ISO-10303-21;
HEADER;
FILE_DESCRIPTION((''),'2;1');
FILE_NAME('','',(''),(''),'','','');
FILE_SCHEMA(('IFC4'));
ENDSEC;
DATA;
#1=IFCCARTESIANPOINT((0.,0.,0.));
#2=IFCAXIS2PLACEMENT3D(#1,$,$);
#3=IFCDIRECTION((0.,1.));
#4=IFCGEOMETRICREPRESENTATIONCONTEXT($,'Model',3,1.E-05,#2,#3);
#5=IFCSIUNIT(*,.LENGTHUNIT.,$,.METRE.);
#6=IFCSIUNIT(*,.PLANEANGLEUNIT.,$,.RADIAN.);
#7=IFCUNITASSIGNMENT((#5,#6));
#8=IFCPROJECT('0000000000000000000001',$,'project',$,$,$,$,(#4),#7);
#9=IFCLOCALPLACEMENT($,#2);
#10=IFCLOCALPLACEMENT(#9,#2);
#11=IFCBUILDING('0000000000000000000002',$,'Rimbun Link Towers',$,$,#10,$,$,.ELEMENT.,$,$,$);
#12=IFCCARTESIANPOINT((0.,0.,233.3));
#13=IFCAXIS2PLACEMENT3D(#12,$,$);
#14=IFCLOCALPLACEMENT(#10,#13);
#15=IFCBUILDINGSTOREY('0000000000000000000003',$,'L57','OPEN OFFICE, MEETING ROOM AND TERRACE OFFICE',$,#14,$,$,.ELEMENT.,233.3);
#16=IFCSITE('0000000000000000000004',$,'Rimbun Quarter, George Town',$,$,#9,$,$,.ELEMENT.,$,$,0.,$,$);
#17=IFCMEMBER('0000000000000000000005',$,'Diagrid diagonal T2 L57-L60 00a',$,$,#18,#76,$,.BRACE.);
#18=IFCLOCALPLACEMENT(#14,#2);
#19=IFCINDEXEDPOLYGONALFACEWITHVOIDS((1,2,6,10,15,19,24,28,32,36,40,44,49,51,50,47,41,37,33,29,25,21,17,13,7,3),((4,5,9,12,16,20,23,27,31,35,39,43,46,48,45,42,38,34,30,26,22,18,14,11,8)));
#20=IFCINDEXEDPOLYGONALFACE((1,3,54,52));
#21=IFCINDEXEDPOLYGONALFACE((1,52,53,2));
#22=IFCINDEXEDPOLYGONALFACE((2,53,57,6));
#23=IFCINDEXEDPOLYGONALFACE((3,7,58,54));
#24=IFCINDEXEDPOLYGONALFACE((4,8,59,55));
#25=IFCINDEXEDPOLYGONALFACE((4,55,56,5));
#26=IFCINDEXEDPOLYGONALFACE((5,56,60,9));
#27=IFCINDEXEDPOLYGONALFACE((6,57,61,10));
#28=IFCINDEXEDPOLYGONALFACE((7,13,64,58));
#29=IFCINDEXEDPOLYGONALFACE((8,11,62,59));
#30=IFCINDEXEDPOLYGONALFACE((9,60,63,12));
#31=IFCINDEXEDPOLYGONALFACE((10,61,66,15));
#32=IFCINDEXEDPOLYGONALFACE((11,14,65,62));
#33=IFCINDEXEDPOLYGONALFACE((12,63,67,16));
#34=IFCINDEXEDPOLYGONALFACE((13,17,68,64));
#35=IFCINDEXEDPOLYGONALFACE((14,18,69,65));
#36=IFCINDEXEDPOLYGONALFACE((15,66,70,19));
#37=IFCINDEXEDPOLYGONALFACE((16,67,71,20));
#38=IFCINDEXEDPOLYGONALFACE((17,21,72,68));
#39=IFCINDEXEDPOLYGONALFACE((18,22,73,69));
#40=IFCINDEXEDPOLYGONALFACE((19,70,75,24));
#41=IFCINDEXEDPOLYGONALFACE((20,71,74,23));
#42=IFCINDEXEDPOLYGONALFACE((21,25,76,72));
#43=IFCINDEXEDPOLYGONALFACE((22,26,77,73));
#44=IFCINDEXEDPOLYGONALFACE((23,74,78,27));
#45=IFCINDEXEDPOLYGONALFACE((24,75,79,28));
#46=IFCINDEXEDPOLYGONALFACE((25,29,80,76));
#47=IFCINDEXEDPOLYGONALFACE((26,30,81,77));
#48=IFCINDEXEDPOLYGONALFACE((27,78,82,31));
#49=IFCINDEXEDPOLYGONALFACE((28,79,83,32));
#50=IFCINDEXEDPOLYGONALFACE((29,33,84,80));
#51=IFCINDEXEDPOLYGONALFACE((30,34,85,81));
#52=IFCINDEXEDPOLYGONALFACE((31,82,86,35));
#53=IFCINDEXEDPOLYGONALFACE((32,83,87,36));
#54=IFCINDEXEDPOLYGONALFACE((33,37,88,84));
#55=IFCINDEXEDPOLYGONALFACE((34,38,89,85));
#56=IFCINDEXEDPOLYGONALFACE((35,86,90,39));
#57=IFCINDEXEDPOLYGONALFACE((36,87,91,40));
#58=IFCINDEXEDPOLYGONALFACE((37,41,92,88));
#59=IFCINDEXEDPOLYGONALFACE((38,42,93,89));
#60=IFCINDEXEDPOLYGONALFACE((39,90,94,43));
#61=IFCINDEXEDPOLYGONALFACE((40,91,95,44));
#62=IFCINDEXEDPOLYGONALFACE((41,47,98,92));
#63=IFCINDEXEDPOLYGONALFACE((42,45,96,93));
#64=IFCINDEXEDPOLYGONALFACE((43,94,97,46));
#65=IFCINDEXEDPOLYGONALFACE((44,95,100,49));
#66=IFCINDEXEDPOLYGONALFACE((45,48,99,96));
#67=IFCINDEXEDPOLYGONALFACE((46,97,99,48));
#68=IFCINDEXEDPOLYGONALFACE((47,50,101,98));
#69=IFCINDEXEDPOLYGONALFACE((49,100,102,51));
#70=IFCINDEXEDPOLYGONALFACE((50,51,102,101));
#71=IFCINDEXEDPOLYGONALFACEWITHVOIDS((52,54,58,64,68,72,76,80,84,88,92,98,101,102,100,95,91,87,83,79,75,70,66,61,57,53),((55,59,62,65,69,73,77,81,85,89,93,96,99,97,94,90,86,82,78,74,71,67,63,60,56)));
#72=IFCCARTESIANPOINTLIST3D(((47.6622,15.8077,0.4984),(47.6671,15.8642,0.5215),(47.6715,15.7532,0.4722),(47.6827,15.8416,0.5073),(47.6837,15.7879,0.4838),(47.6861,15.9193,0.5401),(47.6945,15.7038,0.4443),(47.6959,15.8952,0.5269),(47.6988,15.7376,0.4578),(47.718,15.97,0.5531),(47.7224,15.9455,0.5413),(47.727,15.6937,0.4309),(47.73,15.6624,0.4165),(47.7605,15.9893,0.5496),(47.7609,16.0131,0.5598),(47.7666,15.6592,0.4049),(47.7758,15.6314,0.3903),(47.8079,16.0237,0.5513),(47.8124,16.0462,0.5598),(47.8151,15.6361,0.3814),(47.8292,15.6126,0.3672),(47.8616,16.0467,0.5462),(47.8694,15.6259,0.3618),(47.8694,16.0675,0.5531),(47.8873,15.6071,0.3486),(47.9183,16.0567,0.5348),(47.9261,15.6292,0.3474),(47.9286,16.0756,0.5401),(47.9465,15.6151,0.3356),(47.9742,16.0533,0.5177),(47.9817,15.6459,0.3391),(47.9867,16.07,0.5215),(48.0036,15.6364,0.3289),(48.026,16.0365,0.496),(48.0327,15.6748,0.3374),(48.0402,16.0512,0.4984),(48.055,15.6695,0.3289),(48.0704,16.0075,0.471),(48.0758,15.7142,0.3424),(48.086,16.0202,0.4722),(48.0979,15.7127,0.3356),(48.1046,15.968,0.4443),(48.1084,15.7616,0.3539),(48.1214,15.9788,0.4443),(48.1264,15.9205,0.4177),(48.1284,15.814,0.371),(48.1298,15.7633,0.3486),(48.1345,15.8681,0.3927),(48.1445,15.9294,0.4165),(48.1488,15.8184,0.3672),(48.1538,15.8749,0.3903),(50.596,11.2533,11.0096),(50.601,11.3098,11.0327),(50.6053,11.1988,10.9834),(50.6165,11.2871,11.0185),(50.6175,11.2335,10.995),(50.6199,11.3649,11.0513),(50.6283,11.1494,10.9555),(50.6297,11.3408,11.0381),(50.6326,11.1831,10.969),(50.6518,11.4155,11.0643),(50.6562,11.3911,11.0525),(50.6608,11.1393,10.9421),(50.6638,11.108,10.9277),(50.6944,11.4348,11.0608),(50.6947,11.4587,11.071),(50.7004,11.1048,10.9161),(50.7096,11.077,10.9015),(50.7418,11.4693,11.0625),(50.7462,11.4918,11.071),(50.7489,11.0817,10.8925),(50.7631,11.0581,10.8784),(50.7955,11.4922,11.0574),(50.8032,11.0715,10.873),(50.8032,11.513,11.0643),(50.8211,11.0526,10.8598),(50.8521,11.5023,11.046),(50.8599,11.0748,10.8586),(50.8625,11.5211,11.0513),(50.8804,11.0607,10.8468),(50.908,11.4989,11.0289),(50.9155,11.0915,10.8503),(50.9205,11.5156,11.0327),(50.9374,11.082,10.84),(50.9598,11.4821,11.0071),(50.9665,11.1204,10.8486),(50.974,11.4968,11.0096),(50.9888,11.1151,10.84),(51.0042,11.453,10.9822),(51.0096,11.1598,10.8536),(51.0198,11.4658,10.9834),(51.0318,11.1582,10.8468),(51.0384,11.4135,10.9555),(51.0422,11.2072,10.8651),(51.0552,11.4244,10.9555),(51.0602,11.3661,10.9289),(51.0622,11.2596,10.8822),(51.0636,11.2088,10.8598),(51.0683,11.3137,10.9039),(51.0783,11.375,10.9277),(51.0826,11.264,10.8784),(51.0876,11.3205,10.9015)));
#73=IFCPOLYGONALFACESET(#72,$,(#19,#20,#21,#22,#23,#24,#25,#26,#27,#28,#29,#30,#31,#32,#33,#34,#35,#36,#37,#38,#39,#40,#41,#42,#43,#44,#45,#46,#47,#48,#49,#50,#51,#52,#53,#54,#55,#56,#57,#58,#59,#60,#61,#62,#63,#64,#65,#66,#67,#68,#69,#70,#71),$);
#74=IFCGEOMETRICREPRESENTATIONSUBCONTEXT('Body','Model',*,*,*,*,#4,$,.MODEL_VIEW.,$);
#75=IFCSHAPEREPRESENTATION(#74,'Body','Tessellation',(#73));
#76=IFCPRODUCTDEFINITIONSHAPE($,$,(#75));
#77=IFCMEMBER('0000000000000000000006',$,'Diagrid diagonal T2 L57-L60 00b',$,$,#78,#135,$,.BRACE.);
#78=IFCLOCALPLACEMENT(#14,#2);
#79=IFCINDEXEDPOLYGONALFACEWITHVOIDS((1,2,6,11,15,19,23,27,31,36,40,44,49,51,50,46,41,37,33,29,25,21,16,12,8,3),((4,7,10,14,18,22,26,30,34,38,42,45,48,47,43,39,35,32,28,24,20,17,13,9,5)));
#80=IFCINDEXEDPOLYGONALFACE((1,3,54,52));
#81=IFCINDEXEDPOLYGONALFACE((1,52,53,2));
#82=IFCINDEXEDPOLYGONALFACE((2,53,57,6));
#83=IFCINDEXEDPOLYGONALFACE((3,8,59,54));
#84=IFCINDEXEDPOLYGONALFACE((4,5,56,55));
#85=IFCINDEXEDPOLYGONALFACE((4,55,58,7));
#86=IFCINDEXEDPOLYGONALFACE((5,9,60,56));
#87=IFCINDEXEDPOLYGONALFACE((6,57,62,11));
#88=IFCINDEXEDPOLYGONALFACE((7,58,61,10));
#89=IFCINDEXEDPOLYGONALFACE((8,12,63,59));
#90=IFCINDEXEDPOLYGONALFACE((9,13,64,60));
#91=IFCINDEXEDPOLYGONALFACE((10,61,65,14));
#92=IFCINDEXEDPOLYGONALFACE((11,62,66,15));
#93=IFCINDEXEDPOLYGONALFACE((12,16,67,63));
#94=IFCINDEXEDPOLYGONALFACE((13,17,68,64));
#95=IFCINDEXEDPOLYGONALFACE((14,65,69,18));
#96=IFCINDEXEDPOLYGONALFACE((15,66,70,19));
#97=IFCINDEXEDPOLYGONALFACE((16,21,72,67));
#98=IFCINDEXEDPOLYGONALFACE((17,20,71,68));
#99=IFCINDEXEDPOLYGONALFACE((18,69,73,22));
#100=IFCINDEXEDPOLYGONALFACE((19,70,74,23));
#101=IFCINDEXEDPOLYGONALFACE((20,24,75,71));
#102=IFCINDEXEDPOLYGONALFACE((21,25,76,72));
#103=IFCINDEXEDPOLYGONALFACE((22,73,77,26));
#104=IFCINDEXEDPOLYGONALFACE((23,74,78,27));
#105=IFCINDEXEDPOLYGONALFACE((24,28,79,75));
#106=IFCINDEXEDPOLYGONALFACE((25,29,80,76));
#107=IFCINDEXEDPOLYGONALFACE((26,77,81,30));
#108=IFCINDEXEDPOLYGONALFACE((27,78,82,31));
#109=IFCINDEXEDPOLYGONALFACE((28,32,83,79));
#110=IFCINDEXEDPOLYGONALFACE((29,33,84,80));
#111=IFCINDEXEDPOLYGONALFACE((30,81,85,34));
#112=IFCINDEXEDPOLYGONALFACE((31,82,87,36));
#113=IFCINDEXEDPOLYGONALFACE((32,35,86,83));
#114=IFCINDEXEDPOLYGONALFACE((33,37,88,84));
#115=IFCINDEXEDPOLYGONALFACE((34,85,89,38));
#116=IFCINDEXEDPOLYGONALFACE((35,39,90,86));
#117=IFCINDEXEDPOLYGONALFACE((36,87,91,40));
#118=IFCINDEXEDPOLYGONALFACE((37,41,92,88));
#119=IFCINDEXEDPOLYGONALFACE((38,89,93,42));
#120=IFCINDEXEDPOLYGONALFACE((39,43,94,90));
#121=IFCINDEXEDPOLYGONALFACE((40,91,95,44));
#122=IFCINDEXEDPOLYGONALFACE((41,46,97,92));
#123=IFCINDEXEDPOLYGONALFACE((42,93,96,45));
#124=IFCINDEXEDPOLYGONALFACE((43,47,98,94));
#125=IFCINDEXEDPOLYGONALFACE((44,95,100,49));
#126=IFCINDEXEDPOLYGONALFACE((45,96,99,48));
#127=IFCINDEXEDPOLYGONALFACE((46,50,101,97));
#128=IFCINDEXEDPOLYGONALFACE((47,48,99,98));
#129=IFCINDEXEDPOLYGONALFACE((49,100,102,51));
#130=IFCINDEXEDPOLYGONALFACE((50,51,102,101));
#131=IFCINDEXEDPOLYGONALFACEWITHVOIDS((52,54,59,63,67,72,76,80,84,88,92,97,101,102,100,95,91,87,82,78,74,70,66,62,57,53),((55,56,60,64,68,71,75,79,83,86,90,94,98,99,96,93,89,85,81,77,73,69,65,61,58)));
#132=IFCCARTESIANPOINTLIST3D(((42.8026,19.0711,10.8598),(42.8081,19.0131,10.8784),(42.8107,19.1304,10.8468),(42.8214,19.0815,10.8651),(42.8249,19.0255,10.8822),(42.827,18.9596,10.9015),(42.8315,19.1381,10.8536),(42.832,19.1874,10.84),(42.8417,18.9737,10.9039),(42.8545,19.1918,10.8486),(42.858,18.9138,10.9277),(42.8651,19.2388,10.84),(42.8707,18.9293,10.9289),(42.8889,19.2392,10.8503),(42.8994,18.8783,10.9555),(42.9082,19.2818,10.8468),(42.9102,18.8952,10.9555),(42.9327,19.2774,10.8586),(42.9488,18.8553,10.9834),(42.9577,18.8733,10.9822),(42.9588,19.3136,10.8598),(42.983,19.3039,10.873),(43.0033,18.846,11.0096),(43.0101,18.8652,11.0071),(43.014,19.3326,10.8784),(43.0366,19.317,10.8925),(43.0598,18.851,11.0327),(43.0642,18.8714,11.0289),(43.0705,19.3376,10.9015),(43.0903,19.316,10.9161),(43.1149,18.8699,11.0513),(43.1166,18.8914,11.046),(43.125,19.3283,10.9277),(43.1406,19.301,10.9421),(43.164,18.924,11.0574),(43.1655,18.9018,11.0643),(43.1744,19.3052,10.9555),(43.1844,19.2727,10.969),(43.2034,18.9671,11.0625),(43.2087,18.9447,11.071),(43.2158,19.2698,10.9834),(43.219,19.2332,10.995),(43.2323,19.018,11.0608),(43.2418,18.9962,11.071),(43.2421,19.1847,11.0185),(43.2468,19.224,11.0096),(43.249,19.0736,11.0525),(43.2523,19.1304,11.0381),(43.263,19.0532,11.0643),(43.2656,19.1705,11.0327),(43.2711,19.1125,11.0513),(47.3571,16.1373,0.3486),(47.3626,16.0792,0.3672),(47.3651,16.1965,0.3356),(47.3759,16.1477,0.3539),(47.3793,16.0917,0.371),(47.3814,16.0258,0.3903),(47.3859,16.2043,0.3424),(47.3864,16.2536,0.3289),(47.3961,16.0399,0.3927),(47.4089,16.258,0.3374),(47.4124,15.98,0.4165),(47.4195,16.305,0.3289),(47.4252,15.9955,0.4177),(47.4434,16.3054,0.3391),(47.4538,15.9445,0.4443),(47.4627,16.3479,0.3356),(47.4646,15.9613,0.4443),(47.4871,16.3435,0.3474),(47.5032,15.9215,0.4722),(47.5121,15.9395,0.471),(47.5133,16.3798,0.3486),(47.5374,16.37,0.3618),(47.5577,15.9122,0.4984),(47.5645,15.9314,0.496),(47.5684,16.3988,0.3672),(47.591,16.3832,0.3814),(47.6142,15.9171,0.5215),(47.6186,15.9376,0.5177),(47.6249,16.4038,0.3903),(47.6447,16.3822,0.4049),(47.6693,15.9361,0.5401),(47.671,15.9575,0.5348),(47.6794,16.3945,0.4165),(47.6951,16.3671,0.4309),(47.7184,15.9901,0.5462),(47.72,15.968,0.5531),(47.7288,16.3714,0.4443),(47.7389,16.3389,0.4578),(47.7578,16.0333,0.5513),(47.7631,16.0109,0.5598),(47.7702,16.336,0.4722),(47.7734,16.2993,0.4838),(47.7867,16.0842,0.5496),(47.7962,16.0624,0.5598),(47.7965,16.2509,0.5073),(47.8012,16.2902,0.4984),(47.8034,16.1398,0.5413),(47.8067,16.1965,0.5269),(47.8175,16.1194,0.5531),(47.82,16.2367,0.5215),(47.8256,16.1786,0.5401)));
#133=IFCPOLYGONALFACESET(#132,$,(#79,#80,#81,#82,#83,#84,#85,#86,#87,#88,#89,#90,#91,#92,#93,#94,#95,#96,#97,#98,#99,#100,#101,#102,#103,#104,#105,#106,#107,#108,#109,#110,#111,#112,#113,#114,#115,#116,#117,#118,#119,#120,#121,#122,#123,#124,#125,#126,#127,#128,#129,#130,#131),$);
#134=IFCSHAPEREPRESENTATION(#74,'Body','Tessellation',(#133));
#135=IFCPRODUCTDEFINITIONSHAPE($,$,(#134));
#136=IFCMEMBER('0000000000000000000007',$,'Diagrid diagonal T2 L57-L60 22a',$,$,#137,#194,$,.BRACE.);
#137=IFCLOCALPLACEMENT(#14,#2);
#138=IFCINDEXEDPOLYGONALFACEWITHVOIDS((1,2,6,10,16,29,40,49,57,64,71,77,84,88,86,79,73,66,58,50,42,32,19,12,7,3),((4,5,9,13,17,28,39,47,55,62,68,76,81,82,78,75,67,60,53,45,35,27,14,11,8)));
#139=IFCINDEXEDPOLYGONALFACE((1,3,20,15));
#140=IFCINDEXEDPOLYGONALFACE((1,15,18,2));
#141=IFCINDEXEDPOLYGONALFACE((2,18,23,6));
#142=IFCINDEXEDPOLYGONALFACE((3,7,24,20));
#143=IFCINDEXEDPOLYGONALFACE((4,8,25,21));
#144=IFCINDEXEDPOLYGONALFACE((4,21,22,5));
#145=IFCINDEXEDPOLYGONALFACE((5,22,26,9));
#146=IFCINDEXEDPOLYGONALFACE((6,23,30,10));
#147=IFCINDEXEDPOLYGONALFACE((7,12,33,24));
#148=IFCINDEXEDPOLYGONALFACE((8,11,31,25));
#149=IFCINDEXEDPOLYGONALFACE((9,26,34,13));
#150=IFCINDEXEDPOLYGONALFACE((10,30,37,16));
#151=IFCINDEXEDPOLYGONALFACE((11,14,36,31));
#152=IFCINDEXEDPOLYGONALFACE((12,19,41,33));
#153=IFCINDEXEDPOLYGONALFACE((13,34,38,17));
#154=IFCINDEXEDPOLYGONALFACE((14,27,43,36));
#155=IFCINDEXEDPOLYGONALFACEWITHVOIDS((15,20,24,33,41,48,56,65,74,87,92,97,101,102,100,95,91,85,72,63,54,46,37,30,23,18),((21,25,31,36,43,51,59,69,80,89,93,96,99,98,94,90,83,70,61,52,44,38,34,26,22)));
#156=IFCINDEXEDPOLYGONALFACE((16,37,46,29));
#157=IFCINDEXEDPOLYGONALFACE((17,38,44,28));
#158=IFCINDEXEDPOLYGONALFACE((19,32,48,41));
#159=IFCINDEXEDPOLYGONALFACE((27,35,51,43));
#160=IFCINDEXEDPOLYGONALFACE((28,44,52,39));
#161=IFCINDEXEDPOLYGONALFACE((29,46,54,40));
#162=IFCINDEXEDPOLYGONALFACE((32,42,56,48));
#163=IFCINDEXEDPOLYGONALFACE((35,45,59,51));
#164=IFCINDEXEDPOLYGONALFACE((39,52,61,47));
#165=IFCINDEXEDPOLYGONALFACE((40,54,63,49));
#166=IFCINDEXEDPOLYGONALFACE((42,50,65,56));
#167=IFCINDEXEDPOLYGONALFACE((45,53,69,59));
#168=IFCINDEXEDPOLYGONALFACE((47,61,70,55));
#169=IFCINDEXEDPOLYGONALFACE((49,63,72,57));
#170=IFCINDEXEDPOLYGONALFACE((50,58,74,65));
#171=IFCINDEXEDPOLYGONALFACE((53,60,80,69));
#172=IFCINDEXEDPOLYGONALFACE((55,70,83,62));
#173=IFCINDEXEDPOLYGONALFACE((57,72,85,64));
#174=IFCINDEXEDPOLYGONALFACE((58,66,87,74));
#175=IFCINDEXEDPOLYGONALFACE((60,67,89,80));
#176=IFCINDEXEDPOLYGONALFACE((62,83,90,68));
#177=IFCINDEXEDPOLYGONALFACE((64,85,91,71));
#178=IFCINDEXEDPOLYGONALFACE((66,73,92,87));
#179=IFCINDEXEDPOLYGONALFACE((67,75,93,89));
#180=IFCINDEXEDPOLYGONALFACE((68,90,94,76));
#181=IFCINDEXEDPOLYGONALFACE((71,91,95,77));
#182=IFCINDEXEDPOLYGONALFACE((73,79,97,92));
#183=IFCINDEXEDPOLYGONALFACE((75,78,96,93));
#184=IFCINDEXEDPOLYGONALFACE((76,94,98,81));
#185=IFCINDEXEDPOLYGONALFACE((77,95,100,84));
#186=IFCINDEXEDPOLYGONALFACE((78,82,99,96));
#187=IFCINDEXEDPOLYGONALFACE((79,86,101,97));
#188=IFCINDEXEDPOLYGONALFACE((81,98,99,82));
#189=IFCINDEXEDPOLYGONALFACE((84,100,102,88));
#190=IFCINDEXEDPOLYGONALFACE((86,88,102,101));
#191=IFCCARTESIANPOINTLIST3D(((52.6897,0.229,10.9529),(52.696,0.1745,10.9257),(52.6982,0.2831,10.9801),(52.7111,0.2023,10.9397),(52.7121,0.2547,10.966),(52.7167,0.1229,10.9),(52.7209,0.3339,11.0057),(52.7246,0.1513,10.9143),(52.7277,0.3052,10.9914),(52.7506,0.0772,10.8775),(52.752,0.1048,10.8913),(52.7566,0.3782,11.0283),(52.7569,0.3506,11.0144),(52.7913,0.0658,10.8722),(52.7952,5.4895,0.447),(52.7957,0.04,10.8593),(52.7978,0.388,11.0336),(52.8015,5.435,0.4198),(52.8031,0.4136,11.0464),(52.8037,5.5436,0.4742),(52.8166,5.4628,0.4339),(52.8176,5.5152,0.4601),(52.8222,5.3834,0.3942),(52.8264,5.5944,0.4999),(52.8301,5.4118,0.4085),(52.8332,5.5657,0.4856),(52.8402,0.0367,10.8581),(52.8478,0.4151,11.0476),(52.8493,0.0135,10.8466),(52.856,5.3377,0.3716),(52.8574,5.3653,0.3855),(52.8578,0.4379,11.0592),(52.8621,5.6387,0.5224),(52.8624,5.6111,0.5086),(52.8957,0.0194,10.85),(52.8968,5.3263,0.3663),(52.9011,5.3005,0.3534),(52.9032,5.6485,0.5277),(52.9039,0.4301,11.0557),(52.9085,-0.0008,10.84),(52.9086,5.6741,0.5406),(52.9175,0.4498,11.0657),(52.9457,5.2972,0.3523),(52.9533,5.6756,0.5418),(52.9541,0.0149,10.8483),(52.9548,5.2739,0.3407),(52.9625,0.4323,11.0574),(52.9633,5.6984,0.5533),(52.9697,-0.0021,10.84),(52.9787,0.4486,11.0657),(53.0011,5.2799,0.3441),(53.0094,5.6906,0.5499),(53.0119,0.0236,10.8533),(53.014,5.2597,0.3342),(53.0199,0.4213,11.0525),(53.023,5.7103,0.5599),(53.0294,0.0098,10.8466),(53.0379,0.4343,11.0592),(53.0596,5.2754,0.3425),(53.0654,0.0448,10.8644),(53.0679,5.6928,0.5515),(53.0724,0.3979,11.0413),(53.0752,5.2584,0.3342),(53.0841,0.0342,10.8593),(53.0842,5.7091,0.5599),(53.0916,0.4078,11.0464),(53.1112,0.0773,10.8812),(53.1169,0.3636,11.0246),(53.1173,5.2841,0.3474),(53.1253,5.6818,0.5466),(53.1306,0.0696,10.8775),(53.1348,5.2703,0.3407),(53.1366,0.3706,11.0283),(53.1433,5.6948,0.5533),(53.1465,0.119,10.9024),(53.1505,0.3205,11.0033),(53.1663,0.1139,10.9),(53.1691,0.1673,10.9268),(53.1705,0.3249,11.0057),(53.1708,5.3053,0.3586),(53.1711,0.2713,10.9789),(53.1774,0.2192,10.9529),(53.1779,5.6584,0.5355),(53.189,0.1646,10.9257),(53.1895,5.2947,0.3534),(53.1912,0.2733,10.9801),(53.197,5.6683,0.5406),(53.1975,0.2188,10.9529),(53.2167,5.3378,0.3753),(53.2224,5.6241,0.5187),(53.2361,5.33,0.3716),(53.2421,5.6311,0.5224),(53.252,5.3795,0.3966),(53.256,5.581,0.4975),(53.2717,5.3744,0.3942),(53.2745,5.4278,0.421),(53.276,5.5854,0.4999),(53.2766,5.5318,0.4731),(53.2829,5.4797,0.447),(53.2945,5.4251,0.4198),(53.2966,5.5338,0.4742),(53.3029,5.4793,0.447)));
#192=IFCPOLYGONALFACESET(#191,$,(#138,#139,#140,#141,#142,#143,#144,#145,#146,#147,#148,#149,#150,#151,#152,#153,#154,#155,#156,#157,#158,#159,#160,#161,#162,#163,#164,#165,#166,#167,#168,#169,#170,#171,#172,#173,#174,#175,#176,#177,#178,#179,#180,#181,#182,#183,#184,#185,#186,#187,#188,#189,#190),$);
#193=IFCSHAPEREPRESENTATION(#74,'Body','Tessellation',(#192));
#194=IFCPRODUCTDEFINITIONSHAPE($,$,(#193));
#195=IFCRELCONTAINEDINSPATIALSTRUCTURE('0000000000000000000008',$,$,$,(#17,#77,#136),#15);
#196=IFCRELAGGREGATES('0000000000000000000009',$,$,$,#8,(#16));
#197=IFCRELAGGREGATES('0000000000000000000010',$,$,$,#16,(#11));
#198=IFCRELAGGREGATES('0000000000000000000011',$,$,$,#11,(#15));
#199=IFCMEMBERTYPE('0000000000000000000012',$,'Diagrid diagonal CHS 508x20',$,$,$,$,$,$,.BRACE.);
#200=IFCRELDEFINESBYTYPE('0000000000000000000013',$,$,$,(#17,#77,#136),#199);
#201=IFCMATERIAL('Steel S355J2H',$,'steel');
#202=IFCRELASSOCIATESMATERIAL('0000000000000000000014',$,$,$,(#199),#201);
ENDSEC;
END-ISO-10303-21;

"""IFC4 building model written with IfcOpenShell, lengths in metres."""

from ifc_helpers import new_model, si_unit, direction, frame, origin, origin_2d, place, context, subcontext, project, spatial, hollow_circle, extrude, material, material_profile, profile_set, type_object, element, save


model = new_model("IFC4")

# Units and contexts
model_context = context("Model", 3, precision=1e-05, world=origin(), true_north=direction((0.0, 1.0)))
body_context = subcontext(model_context, "Body", "Model", "MODEL_VIEW")
ifc_project = project(units=[si_unit("LENGTHUNIT", "METRE"), si_unit("PLANEANGLEUNIT", "RADIAN")], contexts=[model_context])

# Site, building, storey
site_placement = place(None, origin())
site = spatial("IfcSite", under=ifc_project, at=site_placement, Name="Rimbun Quarter, George Town", CompositionType="ELEMENT", RefElevation=0.0)
building_placement = place(site_placement, origin())
building = spatial("IfcBuilding", under=site, at=building_placement, Name="Rimbun Link Towers", CompositionType="ELEMENT")
storey_placement = place(building_placement, frame((0.0, 0.0, 233.3)))
storey = spatial("IfcBuildingStorey", under=building, at=storey_placement, Name="L57", Description="OPEN OFFICE, MEETING ROOM AND TERRACE OFFICE", CompositionType="ELEMENT", Elevation=233.3)

# Members
ifc_material_1 = material(Name="Steel S355J2H", Category="steel")
ifc_material_profile_1 = material_profile(ifc_material_1, hollow_circle(Radius=0.2539, WallThickness=0.02, at=origin_2d()), Name="Diagrid diagonal CHS 508x20")
ifc_profile_set_1 = profile_set([ifc_material_profile_1], Name="Steel S355J2H")
member_type_1 = type_object("IfcMemberType", Name="Diagrid diagonal CHS 508x20", PredefinedType="BRACE", material=ifc_profile_set_1)
for number, where, z_axis, x_axis, name in (
    (1, (47.908, 15.8413, 0.4443), (0.2481, -0.385146, 0.888881), (0.840676, 0.541539, 0.0), "Diagrid diagonal T2 L57-L60 00a"),
    (2, (47.5913, 16.158, 0.4443), (-0.385146, 0.2481, 0.888881), (-0.541539, -0.840676, 0.0), "Diagrid diagonal T2 L57-L60 00b"),
):
    element("IfcMember", number, at=place(storey_placement, frame(where, z_axis=z_axis, x_axis=x_axis)), inside=storey, type_object=member_type_1, Name=name, PredefinedType="BRACE", context=body_context, shape_type="SweptSolid", body=[
        extrude(hollow_circle(Radius=0.2539, WallThickness=0.02, at=origin_2d()), origin(), (0.0, 0.0, 1.0), 11.8252),
    ])
member_1_placement = place(storey_placement, frame((53.0491, 5.4844, 0.447), z_axis=(-0.008976, -0.447711, 0.894133), x_axis=(0.999799, -0.020045, 0.0)))
element("IfcMember", 3, at=member_1_placement, inside=storey, type_object=member_type_1, Name="Diagrid diagonal T2 L57-L60 22a", PredefinedType="BRACE", context=body_context, shape_type="SweptSolid", body=[
    extrude(hollow_circle(Radius=0.2539, WallThickness=0.02, at=origin_2d()), origin(), (0.0, 0.0, 1.0), 11.7498),
])

save(model, "model.ifc")
